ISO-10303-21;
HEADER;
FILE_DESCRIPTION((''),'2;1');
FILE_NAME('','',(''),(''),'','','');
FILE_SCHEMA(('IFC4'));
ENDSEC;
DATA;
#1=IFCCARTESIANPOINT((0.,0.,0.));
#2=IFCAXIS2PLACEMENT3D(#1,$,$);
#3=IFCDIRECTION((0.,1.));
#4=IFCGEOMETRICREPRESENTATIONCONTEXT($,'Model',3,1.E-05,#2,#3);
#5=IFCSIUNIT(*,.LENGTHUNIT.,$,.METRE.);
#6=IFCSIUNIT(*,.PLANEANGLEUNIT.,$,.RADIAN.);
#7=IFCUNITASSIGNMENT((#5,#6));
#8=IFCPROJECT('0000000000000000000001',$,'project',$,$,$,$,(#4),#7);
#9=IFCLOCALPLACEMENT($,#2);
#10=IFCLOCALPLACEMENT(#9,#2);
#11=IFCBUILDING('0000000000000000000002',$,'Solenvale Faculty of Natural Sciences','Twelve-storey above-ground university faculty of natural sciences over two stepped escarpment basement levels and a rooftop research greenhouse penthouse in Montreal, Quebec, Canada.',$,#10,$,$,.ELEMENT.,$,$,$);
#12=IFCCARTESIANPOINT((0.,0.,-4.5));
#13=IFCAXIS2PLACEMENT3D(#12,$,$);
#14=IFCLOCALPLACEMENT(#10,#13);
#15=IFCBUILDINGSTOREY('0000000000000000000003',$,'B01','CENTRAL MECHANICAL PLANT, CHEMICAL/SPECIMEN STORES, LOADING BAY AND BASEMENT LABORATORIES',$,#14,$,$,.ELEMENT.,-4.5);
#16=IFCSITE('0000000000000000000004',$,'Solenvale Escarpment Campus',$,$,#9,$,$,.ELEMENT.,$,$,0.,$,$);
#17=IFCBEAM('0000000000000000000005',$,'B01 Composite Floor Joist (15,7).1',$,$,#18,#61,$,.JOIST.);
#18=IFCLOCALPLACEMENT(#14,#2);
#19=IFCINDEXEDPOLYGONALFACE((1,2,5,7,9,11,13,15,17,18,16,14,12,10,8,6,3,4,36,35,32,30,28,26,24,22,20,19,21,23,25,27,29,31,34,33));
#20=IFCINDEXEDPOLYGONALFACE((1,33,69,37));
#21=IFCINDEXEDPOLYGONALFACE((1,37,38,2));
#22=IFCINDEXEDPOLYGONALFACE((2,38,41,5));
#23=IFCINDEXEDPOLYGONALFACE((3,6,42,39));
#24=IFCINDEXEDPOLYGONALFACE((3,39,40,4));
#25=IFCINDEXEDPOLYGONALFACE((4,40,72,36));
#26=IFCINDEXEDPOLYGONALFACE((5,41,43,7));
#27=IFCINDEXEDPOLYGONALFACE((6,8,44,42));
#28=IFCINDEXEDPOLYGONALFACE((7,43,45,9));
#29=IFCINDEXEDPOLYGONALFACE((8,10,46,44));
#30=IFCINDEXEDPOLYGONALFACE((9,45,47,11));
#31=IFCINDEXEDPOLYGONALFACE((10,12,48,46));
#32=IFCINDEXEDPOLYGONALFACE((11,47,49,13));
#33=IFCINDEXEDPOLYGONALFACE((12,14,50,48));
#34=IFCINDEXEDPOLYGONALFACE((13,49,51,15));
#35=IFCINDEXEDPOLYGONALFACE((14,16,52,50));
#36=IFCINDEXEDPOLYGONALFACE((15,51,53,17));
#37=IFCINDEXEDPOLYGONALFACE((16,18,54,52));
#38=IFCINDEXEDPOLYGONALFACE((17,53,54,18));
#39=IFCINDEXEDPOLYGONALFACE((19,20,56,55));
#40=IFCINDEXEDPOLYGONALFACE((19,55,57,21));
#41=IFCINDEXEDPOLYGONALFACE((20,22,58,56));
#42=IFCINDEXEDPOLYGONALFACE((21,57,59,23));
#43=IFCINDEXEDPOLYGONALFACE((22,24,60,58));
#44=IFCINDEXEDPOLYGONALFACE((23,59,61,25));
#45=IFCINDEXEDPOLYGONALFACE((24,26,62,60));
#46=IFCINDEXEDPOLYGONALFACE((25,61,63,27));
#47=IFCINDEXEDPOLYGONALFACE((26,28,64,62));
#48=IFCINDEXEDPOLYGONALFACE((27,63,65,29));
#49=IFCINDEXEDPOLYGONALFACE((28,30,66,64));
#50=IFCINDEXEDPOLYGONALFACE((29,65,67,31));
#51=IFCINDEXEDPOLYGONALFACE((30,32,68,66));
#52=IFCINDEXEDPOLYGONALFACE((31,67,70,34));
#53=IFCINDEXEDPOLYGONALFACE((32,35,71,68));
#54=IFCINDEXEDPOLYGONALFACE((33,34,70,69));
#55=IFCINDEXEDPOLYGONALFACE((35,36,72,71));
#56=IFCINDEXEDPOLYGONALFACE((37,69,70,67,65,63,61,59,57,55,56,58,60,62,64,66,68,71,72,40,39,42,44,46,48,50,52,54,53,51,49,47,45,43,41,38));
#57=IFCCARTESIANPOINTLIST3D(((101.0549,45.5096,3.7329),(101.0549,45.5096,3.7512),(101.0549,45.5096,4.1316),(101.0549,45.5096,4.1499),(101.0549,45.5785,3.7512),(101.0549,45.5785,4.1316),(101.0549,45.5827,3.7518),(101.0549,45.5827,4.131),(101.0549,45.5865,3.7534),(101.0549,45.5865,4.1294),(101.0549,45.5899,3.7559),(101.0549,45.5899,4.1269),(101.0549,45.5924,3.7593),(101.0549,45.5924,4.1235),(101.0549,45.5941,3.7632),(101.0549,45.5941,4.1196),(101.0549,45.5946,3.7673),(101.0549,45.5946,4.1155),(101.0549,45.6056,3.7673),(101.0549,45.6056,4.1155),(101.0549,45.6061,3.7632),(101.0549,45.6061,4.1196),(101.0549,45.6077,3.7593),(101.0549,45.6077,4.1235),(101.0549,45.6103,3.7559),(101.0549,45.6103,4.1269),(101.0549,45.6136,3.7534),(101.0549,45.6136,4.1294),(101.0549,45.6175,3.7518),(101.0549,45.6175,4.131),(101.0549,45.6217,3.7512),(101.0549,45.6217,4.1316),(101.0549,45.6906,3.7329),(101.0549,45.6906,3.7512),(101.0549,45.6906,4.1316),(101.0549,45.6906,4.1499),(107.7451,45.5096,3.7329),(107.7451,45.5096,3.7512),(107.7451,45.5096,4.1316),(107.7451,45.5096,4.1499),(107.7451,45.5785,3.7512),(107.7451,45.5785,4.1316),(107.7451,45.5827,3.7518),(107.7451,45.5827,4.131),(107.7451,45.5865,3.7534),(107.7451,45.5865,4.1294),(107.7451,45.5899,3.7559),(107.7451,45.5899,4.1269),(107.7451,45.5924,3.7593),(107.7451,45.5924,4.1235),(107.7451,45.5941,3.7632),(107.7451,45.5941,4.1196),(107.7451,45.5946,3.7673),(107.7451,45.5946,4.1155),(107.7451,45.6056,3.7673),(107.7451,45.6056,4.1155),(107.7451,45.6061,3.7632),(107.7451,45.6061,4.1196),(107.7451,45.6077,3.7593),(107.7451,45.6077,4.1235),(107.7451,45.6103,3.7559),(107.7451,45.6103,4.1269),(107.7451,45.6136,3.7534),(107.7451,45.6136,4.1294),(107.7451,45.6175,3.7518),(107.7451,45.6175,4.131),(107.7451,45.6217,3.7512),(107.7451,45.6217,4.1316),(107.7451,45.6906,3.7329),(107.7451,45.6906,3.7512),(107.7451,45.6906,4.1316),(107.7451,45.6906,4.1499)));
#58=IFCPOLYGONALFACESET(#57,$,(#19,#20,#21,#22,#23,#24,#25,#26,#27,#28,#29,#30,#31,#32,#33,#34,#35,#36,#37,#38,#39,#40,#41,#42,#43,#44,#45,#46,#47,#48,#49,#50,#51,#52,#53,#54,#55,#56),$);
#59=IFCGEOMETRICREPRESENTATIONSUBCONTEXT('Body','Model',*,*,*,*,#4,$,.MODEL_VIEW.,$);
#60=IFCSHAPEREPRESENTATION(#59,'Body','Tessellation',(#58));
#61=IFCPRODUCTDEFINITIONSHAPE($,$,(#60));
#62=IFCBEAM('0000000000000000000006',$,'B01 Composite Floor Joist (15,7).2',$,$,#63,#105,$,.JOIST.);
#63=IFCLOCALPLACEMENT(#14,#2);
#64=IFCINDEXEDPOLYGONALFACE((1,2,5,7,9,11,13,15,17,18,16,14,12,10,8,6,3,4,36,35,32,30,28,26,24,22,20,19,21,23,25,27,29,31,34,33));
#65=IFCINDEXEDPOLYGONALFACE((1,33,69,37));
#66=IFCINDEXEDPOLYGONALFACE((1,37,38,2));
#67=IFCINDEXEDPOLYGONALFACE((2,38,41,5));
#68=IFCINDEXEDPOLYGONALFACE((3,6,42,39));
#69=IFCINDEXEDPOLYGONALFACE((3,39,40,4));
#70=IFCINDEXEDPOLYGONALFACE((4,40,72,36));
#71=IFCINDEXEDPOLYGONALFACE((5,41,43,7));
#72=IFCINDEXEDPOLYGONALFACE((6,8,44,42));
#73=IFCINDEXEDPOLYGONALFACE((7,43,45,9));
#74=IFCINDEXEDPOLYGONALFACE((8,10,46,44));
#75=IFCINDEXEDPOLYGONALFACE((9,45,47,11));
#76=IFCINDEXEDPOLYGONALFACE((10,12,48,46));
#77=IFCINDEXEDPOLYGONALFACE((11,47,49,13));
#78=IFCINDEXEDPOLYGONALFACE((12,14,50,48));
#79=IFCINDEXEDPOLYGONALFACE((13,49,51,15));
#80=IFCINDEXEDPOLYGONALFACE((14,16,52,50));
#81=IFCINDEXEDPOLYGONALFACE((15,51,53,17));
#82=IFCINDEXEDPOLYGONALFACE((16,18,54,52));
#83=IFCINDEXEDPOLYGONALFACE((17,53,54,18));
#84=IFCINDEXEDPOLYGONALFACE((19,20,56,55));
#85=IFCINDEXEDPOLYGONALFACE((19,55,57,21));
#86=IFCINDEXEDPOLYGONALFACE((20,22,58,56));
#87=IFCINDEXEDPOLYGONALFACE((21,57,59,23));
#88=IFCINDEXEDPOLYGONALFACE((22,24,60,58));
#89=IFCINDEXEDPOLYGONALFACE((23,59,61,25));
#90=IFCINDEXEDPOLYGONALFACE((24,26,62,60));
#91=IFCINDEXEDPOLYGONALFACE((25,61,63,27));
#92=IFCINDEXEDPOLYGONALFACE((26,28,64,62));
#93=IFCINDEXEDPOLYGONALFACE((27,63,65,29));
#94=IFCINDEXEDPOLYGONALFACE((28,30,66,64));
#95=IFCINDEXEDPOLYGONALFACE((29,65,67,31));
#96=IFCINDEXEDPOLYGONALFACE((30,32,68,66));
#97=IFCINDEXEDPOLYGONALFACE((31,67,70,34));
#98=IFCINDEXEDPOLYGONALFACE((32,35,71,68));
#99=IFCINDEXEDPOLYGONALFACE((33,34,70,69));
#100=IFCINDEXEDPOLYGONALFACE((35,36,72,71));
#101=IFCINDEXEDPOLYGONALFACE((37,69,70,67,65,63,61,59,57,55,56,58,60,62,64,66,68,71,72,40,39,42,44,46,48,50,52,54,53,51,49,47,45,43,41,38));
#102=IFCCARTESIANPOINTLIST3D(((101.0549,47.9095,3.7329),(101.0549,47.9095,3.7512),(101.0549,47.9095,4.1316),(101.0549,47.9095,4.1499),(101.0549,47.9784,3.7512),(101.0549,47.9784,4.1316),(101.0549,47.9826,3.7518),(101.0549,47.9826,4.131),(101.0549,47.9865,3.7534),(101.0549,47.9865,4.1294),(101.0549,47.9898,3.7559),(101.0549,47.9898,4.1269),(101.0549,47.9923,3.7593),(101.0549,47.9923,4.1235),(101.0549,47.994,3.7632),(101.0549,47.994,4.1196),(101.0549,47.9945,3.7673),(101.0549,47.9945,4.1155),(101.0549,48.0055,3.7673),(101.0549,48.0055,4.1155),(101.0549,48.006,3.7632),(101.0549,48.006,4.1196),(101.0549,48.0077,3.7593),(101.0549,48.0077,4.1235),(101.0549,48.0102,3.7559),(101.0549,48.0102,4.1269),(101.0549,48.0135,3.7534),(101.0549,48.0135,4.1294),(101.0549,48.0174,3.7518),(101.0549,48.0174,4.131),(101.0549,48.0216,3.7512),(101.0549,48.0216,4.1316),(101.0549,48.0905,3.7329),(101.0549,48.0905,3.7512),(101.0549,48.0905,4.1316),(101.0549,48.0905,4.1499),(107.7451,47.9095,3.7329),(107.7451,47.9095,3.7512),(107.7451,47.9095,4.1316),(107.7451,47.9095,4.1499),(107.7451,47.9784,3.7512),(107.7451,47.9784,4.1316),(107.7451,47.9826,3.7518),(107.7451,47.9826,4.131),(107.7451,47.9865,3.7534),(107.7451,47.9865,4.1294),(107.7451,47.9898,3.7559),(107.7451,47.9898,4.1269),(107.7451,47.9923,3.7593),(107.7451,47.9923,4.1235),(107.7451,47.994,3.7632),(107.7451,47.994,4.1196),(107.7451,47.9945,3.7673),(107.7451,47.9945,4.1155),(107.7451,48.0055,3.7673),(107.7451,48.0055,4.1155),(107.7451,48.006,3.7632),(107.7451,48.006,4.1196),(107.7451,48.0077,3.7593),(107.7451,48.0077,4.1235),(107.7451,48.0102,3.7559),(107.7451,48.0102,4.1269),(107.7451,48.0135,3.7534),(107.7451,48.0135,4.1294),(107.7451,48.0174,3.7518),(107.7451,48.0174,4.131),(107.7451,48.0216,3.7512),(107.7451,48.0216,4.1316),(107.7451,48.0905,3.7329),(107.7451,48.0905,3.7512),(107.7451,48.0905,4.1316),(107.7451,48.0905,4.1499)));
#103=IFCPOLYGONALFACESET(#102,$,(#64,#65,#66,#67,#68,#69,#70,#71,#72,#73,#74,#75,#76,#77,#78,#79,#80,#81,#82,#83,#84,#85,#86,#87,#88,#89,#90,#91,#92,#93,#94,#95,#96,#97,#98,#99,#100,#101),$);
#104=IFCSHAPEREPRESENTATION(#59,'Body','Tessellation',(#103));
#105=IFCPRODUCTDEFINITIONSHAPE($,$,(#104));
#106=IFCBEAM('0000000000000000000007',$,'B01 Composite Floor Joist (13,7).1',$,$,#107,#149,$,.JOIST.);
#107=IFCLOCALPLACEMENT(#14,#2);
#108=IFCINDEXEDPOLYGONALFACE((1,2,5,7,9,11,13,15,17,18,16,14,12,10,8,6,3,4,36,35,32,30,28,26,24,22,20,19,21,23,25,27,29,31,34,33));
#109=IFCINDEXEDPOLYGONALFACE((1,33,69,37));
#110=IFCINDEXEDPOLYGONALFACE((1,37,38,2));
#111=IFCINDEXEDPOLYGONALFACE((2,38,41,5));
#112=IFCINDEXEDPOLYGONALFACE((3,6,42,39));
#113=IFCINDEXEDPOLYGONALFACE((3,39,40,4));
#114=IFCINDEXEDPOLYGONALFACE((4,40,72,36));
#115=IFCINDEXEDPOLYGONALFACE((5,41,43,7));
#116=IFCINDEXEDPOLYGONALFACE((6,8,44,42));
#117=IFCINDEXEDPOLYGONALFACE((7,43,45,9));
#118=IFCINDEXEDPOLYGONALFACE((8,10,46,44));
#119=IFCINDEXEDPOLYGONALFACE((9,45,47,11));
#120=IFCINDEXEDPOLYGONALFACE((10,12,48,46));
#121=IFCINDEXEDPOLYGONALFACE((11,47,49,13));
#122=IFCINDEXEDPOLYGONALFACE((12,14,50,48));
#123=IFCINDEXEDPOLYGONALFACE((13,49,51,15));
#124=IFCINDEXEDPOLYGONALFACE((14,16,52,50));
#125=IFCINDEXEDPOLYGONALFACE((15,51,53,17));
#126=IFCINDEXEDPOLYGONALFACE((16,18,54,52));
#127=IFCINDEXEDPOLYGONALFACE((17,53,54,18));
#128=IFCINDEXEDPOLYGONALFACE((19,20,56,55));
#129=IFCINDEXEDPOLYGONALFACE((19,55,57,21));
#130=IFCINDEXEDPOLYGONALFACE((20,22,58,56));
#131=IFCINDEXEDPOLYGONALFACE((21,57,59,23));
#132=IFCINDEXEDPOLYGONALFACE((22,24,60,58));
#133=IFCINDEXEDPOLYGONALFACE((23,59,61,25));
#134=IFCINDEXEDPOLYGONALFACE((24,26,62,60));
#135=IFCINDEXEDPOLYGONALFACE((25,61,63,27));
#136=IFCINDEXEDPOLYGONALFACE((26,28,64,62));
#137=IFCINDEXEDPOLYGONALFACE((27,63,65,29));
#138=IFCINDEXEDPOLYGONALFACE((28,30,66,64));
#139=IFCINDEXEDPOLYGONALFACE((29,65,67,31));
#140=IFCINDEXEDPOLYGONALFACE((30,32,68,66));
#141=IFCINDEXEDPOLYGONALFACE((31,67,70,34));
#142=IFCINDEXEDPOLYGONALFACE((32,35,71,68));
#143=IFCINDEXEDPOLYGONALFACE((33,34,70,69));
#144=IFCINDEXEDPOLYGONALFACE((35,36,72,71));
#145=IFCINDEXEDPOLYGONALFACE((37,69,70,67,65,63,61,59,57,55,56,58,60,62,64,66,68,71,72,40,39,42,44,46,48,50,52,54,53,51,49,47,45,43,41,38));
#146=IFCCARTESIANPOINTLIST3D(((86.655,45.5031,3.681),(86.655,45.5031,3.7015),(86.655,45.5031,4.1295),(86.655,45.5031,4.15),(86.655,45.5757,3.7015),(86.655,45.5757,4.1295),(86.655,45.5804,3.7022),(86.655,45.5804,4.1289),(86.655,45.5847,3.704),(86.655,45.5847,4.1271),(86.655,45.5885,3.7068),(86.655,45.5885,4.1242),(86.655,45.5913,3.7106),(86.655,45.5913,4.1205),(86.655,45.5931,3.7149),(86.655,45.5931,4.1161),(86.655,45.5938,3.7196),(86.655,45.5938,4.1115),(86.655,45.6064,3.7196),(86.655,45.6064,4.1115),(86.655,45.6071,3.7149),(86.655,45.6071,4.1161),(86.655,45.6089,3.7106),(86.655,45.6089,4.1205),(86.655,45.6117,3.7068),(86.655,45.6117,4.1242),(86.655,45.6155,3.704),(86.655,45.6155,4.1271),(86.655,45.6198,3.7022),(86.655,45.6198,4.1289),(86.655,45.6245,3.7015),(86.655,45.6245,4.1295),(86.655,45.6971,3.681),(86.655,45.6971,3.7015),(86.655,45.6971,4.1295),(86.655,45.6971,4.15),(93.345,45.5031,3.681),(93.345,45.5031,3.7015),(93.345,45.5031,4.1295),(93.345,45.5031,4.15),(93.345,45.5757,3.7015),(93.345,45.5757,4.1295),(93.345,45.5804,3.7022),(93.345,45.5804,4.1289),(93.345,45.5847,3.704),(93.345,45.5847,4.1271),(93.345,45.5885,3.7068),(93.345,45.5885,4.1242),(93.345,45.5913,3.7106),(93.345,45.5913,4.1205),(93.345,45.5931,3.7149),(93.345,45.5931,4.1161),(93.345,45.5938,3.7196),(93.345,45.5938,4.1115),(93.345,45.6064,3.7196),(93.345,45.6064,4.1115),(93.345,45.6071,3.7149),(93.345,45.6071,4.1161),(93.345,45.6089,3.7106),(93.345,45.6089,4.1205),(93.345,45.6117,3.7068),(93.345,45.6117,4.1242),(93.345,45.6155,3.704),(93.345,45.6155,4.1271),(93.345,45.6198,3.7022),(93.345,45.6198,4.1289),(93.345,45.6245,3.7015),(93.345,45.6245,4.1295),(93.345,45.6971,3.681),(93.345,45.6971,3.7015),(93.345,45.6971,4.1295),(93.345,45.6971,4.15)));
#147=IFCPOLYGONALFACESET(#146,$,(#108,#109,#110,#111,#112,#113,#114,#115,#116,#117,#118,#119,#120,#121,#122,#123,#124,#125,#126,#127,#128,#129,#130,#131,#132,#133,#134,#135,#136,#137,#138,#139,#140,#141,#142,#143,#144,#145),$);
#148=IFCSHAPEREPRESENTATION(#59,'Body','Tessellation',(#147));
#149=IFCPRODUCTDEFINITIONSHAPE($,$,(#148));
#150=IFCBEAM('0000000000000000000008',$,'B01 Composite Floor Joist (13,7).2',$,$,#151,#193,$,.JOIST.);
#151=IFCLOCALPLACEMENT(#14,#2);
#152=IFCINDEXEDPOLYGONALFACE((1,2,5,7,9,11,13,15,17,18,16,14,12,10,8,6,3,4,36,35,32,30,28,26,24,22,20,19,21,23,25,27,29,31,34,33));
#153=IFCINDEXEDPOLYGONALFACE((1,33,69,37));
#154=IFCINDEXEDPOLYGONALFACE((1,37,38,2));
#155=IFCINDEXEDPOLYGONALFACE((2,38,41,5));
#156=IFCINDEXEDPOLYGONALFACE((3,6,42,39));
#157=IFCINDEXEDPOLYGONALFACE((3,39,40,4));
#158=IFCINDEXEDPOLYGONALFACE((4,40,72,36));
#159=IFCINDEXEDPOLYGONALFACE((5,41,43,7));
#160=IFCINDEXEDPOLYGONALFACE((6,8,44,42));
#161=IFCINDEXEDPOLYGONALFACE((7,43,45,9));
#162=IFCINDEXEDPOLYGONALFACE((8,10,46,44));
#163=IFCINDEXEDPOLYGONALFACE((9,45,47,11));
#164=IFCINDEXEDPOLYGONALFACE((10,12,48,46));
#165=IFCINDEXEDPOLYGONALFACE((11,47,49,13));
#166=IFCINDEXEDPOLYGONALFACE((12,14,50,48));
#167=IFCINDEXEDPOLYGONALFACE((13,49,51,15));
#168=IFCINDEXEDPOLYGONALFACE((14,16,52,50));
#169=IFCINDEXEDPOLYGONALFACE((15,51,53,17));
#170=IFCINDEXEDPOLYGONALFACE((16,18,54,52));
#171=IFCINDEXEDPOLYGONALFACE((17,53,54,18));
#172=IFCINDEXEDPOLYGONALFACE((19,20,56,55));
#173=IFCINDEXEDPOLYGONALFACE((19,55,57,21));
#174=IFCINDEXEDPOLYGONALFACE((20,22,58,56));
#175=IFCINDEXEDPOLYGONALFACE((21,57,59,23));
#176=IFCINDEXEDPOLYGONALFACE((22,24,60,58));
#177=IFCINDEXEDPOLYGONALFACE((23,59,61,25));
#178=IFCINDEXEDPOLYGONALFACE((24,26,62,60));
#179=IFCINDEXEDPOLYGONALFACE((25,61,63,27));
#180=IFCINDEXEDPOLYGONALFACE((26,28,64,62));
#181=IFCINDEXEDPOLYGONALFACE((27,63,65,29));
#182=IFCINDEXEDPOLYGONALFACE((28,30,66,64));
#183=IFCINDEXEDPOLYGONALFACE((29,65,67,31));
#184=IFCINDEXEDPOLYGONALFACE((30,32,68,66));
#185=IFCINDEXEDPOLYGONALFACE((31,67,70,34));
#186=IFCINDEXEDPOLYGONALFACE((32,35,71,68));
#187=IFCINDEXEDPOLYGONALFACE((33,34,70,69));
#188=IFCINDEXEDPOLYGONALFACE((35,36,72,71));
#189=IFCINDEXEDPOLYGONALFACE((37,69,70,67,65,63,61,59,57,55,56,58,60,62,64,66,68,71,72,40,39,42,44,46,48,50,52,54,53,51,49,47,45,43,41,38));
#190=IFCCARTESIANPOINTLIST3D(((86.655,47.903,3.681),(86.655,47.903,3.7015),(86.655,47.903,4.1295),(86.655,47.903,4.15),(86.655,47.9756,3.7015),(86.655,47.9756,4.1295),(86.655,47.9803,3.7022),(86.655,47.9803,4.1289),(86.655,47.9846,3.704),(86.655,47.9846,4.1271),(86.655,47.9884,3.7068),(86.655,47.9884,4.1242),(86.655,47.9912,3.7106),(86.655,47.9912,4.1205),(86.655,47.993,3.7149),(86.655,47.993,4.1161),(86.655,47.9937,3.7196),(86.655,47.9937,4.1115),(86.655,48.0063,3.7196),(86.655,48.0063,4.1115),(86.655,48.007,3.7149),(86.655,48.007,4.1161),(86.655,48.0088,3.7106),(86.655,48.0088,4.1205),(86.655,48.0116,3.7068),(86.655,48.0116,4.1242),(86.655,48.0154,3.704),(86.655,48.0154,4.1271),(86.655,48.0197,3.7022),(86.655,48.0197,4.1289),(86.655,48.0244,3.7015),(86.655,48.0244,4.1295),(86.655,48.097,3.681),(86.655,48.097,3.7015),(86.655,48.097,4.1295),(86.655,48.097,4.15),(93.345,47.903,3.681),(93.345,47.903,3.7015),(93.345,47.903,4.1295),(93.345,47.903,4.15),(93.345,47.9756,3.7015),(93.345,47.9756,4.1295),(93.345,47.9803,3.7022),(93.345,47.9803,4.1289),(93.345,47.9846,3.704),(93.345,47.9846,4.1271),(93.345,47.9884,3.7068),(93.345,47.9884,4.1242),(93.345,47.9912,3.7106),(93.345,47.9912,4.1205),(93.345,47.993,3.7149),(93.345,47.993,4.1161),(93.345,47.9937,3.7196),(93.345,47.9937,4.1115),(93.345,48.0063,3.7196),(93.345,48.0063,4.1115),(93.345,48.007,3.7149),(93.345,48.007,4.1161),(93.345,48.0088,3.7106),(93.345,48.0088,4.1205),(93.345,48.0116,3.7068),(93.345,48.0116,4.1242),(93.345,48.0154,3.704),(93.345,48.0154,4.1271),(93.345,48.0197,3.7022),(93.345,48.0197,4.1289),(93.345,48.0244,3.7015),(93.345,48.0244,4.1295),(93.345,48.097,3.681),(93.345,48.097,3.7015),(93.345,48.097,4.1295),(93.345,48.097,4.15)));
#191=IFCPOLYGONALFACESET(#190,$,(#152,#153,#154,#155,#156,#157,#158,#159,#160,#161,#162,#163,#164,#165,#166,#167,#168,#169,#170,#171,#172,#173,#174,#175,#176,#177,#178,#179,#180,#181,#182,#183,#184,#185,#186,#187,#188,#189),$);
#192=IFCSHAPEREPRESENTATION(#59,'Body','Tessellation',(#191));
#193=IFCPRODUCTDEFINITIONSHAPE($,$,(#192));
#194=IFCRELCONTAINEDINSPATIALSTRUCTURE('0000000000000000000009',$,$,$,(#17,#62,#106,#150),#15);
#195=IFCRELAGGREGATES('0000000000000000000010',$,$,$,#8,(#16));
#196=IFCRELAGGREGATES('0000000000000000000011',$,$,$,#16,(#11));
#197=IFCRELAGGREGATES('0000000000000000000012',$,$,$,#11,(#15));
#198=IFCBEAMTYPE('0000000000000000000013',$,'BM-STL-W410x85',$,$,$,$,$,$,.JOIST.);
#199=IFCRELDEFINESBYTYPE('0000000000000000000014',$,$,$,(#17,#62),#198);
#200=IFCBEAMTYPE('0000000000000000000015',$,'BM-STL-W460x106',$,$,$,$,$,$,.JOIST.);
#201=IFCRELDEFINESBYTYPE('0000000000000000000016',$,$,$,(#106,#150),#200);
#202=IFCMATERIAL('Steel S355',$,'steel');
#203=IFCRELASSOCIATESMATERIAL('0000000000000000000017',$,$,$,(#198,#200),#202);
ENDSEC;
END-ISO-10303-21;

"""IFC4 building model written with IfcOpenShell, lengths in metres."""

from ifc_helpers import new_model, si_unit, direction, frame, origin, origin_2d, place, context, subcontext, project, spatial, i_section, extrude, material, material_profile, profile_set, type_object, element, save


model = new_model("IFC4")

# Units and contexts
model_context = context("Model", 3, precision=1e-05, world=origin(), true_north=direction((0.0, 1.0)))
body_context = subcontext(model_context, "Body", "Model", "MODEL_VIEW")
ifc_project = project(units=[si_unit("LENGTHUNIT", "METRE"), si_unit("PLANEANGLEUNIT", "RADIAN")], contexts=[model_context])

# Site, building, storey
site_placement = place(None, origin())
site = spatial("IfcSite", under=ifc_project, at=site_placement, Name="Solenvale Escarpment Campus", CompositionType="ELEMENT", RefElevation=0.0)
building_placement = place(site_placement, origin())
building = spatial("IfcBuilding", under=site, at=building_placement, Name="Solenvale Faculty of Natural Sciences", Description="Twelve-storey above-ground university faculty of natural sciences over two stepped escarpment basement levels and a rooftop research greenhouse penthouse in Montreal, Quebec, Canada.", CompositionType="ELEMENT")
storey_placement = place(building_placement, frame((0.0, 0.0, -4.5)))
storey = spatial("IfcBuildingStorey", under=building, at=storey_placement, Name="B01", Description="CENTRAL MECHANICAL PLANT, CHEMICAL/SPECIMEN STORES, LOADING BAY AND BASEMENT LABORATORIES", CompositionType="ELEMENT", Elevation=-4.5)

# Beams
ifc_material_1 = material(Name="Steel S355", Category="steel")
ifc_material_profile_1 = material_profile(ifc_material_1, i_section(OverallWidth=0.1809, OverallDepth=0.417, WebThickness=0.011, FlangeThickness=0.0183, FilletRadius=0.0161, at=origin_2d()), Name="W410x85")
ifc_profile_set_1 = profile_set([ifc_material_profile_1], Name="Steel S355")
beam_type_1 = type_object("IfcBeamType", Name="BM-STL-W410x85", PredefinedType="JOIST", material=ifc_profile_set_1)
for number, where, z_axis, x_axis, name in (
    (1, (101.0549, 45.6001, 3.9414), (1.0, 0.0, 0.0), (0.0, 1.0, 0.0), "B01 Composite Floor Joist (15,7).1"),
    (2, (101.0549, 48.0, 3.9414), (1.0, 0.0, 0.0), (0.0, 1.0, 0.0), "B01 Composite Floor Joist (15,7).2"),
):
    element("IfcBeam", number, at=place(storey_placement, frame(where, z_axis=z_axis, x_axis=x_axis)), inside=storey, type_object=beam_type_1, Name=name, PredefinedType="JOIST", context=body_context, shape_type="SweptSolid", body=[
        extrude(i_section(OverallWidth=0.1809, OverallDepth=0.417, WebThickness=0.011, FlangeThickness=0.0183, FilletRadius=0.0161, at=origin_2d()), origin(), (0.0, 0.0, 1.0), 6.6902),
    ])
ifc_material_profile_2 = material_profile(ifc_material_1, i_section(OverallWidth=0.1941, OverallDepth=0.469, WebThickness=0.0127, FlangeThickness=0.0205, FilletRadius=0.0181, at=origin_2d()), Name="W460x106")
ifc_profile_set_2 = profile_set([ifc_material_profile_2], Name="Steel S355")
beam_type_2 = type_object("IfcBeamType", Name="BM-STL-W460x106", PredefinedType="JOIST", material=ifc_profile_set_2)
for number, where, z_axis, x_axis, name in (
    (3, (86.655, 45.6001, 3.9155), (1.0, 0.0, 0.0), (0.0, 1.0, 0.0), "B01 Composite Floor Joist (13,7).1"),
    (4, (86.655, 48.0, 3.9155), (1.0, 0.0, 0.0), (0.0, 1.0, 0.0), "B01 Composite Floor Joist (13,7).2"),
):
    element("IfcBeam", number, at=place(storey_placement, frame(where, z_axis=z_axis, x_axis=x_axis)), inside=storey, type_object=beam_type_2, Name=name, PredefinedType="JOIST", context=body_context, shape_type="SweptSolid", body=[
        extrude(i_section(OverallWidth=0.1941, OverallDepth=0.469, WebThickness=0.0127, FlangeThickness=0.0205, FilletRadius=0.0181, at=origin_2d()), origin(), (0.0, 0.0, 1.0), 6.6899),
    ])

save(model, "model.ifc")
